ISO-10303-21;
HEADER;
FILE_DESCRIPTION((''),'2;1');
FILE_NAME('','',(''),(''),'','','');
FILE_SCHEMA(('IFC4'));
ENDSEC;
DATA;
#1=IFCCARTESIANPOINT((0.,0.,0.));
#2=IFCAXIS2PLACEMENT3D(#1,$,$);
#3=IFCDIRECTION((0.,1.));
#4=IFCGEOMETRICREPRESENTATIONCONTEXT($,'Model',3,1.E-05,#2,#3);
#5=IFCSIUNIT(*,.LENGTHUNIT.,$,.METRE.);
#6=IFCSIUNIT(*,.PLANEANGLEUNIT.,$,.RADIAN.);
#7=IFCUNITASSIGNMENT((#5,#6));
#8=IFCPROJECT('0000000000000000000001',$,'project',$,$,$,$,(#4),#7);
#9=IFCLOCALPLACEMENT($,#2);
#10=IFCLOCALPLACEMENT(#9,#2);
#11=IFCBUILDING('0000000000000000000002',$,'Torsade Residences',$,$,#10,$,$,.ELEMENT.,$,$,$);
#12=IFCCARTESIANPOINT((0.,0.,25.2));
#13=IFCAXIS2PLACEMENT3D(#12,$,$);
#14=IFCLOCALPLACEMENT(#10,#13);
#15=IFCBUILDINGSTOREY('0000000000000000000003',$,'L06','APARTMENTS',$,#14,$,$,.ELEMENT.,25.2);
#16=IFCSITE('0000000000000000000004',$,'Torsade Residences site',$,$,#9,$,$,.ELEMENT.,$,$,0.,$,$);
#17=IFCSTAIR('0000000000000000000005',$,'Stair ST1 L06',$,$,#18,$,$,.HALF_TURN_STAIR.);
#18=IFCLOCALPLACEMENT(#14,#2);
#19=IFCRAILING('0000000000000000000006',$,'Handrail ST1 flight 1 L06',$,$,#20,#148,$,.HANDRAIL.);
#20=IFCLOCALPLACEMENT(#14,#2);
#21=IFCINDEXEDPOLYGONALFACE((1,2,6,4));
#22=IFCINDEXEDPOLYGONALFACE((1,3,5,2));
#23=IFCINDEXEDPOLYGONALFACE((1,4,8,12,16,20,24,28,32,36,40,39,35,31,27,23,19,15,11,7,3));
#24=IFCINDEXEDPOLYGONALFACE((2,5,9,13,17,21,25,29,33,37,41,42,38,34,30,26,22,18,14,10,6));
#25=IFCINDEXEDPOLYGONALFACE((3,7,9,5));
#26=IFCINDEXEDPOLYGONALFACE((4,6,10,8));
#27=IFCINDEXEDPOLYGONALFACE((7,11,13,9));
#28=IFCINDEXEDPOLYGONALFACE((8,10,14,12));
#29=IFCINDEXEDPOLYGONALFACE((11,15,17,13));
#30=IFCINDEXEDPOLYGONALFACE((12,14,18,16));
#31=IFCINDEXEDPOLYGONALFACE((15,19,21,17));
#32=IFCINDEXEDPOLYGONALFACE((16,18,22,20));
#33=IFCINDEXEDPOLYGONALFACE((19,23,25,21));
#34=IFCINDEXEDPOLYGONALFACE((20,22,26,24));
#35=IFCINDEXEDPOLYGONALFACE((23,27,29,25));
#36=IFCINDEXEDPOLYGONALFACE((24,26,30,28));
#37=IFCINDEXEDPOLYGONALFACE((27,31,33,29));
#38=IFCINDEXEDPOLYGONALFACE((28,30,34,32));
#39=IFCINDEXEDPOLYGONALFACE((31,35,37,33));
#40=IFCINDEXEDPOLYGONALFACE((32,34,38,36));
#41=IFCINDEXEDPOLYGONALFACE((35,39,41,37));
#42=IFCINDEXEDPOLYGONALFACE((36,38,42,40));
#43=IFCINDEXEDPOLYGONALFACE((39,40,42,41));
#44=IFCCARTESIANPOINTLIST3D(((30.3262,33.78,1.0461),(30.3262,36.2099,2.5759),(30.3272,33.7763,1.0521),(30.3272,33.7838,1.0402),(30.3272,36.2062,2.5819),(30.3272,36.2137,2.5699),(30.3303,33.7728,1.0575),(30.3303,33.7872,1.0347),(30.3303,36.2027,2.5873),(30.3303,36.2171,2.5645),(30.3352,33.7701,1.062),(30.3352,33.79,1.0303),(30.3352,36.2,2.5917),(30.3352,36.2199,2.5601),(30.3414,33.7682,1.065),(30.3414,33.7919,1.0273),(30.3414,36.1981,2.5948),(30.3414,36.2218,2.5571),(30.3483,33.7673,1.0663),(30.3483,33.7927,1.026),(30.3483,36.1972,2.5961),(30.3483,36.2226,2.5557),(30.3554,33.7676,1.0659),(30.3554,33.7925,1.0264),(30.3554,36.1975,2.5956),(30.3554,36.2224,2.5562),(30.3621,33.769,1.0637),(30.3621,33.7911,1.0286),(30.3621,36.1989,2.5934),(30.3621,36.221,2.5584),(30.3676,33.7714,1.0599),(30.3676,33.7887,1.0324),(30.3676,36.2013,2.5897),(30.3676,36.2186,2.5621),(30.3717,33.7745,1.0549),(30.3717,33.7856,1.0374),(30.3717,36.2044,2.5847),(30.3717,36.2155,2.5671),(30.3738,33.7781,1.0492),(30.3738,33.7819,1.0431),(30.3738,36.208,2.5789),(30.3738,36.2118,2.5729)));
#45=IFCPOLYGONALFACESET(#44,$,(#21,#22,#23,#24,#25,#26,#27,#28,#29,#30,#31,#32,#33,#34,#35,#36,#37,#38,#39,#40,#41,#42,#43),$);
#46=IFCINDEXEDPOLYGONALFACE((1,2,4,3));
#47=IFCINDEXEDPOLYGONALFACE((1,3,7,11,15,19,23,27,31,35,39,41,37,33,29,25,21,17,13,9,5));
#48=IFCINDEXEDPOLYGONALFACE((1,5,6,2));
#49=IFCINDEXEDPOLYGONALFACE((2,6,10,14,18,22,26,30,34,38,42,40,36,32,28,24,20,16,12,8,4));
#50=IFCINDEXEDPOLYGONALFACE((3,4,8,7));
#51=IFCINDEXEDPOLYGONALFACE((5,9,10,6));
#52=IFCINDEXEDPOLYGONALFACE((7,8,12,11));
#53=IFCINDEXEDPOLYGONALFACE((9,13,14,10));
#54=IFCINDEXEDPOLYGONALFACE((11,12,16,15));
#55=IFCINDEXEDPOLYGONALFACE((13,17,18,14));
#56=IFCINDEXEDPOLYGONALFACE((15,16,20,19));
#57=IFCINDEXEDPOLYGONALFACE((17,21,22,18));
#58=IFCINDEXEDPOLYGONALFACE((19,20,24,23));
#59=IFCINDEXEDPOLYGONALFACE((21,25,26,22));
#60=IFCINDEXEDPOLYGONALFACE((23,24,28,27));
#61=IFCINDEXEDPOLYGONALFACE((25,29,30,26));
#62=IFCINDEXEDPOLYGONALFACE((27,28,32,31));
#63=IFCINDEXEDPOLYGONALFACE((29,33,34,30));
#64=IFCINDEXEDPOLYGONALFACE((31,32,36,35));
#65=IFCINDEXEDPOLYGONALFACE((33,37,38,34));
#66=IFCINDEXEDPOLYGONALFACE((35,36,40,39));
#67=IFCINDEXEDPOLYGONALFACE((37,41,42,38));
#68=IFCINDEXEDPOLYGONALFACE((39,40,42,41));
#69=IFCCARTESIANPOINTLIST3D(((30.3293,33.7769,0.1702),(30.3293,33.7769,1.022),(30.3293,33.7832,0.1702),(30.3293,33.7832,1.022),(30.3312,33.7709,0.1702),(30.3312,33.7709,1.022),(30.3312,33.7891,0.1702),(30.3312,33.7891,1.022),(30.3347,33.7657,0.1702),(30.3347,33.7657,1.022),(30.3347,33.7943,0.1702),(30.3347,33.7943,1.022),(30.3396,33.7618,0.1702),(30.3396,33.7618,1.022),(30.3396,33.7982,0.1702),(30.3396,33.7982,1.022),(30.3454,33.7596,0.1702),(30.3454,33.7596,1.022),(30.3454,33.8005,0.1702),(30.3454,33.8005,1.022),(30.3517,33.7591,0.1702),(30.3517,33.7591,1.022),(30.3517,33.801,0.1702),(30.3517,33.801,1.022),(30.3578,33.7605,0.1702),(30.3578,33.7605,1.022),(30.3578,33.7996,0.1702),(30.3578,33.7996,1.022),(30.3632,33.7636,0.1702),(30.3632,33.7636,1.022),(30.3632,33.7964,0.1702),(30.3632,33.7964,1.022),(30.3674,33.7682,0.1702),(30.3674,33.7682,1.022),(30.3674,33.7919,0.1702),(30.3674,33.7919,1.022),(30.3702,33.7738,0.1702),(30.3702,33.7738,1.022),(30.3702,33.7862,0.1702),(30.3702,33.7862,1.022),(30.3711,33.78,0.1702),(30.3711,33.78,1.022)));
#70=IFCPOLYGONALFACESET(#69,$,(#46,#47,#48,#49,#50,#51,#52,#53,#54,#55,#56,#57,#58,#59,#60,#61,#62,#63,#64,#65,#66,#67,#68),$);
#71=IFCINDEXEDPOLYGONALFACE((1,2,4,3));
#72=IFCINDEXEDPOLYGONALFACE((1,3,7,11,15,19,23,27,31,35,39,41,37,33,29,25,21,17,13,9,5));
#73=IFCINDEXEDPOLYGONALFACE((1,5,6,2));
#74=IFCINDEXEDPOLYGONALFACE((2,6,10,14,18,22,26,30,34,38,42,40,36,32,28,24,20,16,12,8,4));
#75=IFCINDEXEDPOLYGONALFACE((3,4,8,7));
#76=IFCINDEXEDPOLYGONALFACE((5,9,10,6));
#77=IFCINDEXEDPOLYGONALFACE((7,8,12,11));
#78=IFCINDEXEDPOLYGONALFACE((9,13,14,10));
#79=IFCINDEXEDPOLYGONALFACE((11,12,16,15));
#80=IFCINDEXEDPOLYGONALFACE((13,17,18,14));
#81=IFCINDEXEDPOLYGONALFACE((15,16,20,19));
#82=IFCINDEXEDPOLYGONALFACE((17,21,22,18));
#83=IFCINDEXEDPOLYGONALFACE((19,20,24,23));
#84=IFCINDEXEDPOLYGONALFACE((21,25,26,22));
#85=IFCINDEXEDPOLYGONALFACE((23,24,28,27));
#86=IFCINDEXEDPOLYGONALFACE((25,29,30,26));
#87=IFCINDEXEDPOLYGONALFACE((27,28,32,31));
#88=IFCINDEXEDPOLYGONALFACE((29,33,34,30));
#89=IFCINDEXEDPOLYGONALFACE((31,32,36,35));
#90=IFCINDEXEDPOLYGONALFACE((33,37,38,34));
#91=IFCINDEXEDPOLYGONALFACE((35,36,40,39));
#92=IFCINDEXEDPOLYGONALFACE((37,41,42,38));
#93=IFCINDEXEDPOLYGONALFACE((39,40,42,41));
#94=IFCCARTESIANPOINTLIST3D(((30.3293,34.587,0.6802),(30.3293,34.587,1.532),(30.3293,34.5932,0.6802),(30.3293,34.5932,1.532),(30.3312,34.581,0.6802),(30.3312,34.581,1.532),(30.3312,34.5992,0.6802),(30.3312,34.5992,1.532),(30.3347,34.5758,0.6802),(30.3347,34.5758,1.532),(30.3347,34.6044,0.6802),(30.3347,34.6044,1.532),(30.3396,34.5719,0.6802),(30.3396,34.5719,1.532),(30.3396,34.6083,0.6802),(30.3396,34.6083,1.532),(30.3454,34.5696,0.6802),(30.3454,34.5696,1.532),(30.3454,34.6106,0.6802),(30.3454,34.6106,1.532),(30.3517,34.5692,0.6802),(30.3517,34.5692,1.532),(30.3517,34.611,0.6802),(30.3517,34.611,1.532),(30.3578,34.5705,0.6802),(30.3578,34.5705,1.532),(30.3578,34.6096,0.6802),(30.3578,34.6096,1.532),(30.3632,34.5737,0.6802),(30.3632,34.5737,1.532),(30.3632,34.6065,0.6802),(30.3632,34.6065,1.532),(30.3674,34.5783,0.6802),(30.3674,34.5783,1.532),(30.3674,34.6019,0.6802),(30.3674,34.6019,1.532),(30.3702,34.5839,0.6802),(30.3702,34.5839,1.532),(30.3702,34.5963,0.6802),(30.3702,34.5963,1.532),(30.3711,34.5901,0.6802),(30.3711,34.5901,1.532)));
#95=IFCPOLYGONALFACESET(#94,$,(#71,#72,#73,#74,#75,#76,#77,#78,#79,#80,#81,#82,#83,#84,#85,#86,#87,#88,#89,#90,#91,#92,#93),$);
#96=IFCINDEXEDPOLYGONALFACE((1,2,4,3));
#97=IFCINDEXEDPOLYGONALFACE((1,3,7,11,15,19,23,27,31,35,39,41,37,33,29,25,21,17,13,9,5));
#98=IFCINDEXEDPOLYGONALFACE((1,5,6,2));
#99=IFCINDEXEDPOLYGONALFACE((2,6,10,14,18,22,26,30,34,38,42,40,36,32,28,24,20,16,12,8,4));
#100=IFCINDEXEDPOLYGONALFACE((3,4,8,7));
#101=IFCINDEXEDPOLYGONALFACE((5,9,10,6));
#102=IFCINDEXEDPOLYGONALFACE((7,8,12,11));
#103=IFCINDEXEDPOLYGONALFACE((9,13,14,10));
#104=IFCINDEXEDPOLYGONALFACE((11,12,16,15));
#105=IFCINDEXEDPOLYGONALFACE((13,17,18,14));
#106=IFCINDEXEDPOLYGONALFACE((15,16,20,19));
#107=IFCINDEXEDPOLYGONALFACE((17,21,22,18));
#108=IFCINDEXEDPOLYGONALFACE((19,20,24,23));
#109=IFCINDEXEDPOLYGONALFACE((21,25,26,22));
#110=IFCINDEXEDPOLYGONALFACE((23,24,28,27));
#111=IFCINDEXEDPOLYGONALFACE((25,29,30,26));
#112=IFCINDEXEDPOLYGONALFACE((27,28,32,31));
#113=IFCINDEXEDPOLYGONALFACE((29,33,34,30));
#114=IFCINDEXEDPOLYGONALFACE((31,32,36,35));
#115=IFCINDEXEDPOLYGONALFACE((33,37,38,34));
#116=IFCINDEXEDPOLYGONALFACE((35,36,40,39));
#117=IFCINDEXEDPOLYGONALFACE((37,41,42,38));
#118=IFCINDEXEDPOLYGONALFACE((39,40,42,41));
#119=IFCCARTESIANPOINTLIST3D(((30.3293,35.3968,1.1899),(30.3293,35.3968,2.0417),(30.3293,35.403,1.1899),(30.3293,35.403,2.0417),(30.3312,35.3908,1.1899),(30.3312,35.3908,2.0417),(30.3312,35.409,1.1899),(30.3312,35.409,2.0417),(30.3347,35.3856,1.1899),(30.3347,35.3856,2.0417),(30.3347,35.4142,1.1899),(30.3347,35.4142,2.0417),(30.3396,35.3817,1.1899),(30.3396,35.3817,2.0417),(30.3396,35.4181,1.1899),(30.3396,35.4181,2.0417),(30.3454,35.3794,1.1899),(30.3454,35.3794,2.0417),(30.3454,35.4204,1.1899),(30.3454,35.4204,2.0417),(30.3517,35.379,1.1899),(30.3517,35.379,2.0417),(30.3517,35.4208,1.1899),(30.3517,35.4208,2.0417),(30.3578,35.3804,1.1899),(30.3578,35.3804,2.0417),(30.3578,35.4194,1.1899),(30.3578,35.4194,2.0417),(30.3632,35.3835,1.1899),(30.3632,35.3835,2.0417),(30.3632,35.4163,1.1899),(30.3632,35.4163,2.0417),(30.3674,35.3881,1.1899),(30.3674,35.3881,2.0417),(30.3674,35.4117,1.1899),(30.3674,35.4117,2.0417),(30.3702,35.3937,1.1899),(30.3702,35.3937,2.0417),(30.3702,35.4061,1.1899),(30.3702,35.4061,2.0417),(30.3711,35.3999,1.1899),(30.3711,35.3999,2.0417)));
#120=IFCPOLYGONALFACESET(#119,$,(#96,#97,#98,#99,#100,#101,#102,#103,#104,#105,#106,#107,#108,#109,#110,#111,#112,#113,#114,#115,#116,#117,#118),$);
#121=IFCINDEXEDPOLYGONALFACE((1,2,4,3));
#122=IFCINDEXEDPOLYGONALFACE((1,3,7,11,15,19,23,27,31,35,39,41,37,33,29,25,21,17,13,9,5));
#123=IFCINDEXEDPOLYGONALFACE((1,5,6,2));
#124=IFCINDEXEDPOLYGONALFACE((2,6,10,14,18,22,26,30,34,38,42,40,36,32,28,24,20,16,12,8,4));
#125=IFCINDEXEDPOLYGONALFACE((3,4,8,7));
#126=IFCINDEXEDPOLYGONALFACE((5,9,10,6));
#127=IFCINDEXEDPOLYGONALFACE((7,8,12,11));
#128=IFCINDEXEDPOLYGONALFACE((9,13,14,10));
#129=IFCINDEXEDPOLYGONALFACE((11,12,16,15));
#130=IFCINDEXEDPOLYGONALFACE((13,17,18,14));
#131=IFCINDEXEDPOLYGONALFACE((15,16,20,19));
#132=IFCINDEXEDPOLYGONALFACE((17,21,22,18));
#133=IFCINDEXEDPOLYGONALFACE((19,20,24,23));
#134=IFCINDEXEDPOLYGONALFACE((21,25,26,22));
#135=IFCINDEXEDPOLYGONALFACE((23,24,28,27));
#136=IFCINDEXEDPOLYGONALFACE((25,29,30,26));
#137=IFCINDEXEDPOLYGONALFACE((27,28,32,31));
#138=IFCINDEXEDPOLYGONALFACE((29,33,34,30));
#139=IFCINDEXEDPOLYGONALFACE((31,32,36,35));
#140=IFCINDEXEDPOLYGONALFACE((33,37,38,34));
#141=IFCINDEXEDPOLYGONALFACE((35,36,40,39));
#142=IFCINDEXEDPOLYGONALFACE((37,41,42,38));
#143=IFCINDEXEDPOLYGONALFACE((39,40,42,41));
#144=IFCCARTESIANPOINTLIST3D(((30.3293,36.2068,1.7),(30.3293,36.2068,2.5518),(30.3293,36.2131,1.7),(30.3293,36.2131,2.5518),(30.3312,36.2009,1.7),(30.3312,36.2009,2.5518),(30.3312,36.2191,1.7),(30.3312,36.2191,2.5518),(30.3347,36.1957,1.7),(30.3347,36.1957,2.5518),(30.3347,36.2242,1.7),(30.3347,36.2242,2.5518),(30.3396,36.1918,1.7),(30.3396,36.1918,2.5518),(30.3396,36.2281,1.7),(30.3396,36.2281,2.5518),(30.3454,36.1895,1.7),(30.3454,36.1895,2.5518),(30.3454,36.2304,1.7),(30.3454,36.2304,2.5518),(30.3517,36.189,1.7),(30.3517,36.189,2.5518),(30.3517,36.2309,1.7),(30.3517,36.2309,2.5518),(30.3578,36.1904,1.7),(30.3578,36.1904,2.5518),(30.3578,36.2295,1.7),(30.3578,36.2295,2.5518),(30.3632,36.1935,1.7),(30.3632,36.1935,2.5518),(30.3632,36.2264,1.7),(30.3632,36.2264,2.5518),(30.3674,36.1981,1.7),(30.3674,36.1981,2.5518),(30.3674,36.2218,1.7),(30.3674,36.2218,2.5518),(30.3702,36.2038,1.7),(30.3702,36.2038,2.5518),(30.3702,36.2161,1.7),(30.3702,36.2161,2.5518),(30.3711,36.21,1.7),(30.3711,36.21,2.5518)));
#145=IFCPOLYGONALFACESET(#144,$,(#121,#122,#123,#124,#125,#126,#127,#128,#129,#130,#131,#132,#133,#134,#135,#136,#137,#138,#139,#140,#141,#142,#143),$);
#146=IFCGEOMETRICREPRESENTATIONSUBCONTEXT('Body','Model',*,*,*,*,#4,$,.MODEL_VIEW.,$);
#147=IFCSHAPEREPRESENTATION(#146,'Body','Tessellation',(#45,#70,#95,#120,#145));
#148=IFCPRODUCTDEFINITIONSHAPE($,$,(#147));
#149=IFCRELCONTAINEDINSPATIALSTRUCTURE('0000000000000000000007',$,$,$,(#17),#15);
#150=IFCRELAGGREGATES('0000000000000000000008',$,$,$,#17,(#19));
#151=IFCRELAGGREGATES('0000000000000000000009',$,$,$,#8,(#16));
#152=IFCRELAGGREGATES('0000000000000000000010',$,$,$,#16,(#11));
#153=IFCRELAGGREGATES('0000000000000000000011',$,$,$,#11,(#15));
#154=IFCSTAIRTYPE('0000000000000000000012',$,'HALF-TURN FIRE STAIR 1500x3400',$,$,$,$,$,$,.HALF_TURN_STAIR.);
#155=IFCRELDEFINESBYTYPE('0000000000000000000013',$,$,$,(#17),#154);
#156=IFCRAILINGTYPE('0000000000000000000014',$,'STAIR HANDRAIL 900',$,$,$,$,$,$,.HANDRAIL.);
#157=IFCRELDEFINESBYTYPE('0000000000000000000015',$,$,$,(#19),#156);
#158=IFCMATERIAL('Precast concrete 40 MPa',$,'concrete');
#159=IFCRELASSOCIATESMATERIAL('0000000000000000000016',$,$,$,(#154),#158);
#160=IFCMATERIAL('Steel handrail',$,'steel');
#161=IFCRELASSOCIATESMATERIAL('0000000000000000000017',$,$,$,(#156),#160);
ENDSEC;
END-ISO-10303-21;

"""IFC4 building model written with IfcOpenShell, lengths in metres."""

from ifc_helpers import new_model, si_unit, direction, frame, origin, origin_2d, place, context, subcontext, project, spatial, circle, extrude, material, type_object, element, aggregate, save


model = new_model("IFC4")

# Units and contexts
model_context = context("Model", 3, precision=1e-05, world=origin(), true_north=direction((0.0, 1.0)))
body_context = subcontext(model_context, "Body", "Model", "MODEL_VIEW")
ifc_project = project(units=[si_unit("LENGTHUNIT", "METRE"), si_unit("PLANEANGLEUNIT", "RADIAN")], contexts=[model_context])

# Site, building, storey
site_placement = place(None, origin())
site = spatial("IfcSite", under=ifc_project, at=site_placement, Name="Torsade Residences site", CompositionType="ELEMENT", RefElevation=0.0)
building_placement = place(site_placement, origin())
building = spatial("IfcBuilding", under=site, at=building_placement, Name="Torsade Residences", CompositionType="ELEMENT")
storey_placement = place(building_placement, frame((0.0, 0.0, 25.2)))
storey = spatial("IfcBuildingStorey", under=building, at=storey_placement, Name="L06", Description="APARTMENTS", CompositionType="ELEMENT", Elevation=25.2)

# Stair, railing
ifc_material_1 = material(Name="Precast concrete 40 MPa", Category="concrete")
stair_type = type_object("IfcStairType", Name="HALF-TURN FIRE STAIR 1500x3400", PredefinedType="HALF_TURN_STAIR", material=ifc_material_1)
stair_placement = place(storey_placement, origin())
stair = element("IfcStair", 1, at=stair_placement, inside=storey, type_object=stair_type, Name="Stair ST1 L06", PredefinedType="HALF_TURN_STAIR")
ifc_material_2 = material(Name="Steel handrail", Category="steel")
railing_type = type_object("IfcRailingType", Name="STAIR HANDRAIL 900", PredefinedType="HANDRAIL", material=ifc_material_2)
railing_1_placement = place(storey_placement, frame((30.3501, 33.78, 0.1702)))
railing_1 = element("IfcRailing", 2, at=railing_1_placement, type_object=railing_type, Name="Handrail ST1 flight 1 L06", PredefinedType="HANDRAIL", context=body_context, shape_type="SweptSolid", body=[
    extrude(circle(Radius=0.0239, at=origin_2d()), frame((0.0, 0.0, 0.876), z_axis=(0.0, 0.84626, 0.53277), x_axis=(-1.0, 0.0, 0.0)), (0.0, 0.0, 1.0), 2.8713),
    extrude(circle(Radius=0.021, at=origin_2d()), origin(), (0.0, 0.0, 1.0), 0.8518),
    extrude(circle(Radius=0.021, at=origin_2d()), frame((0.0, 0.8101, 0.51)), (0.0, 0.0, 1.0), 0.8518),
    extrude(circle(Radius=0.021, at=origin_2d()), frame((0.0, 1.6199, 1.0198)), (0.0, 0.0, 1.0), 0.8518),
    extrude(circle(Radius=0.021, at=origin_2d()), frame((0.0, 2.4299, 1.5298)), (0.0, 0.0, 1.0), 0.8518),
])
aggregate(stair, [railing_1])

save(model, "model.ifc")
